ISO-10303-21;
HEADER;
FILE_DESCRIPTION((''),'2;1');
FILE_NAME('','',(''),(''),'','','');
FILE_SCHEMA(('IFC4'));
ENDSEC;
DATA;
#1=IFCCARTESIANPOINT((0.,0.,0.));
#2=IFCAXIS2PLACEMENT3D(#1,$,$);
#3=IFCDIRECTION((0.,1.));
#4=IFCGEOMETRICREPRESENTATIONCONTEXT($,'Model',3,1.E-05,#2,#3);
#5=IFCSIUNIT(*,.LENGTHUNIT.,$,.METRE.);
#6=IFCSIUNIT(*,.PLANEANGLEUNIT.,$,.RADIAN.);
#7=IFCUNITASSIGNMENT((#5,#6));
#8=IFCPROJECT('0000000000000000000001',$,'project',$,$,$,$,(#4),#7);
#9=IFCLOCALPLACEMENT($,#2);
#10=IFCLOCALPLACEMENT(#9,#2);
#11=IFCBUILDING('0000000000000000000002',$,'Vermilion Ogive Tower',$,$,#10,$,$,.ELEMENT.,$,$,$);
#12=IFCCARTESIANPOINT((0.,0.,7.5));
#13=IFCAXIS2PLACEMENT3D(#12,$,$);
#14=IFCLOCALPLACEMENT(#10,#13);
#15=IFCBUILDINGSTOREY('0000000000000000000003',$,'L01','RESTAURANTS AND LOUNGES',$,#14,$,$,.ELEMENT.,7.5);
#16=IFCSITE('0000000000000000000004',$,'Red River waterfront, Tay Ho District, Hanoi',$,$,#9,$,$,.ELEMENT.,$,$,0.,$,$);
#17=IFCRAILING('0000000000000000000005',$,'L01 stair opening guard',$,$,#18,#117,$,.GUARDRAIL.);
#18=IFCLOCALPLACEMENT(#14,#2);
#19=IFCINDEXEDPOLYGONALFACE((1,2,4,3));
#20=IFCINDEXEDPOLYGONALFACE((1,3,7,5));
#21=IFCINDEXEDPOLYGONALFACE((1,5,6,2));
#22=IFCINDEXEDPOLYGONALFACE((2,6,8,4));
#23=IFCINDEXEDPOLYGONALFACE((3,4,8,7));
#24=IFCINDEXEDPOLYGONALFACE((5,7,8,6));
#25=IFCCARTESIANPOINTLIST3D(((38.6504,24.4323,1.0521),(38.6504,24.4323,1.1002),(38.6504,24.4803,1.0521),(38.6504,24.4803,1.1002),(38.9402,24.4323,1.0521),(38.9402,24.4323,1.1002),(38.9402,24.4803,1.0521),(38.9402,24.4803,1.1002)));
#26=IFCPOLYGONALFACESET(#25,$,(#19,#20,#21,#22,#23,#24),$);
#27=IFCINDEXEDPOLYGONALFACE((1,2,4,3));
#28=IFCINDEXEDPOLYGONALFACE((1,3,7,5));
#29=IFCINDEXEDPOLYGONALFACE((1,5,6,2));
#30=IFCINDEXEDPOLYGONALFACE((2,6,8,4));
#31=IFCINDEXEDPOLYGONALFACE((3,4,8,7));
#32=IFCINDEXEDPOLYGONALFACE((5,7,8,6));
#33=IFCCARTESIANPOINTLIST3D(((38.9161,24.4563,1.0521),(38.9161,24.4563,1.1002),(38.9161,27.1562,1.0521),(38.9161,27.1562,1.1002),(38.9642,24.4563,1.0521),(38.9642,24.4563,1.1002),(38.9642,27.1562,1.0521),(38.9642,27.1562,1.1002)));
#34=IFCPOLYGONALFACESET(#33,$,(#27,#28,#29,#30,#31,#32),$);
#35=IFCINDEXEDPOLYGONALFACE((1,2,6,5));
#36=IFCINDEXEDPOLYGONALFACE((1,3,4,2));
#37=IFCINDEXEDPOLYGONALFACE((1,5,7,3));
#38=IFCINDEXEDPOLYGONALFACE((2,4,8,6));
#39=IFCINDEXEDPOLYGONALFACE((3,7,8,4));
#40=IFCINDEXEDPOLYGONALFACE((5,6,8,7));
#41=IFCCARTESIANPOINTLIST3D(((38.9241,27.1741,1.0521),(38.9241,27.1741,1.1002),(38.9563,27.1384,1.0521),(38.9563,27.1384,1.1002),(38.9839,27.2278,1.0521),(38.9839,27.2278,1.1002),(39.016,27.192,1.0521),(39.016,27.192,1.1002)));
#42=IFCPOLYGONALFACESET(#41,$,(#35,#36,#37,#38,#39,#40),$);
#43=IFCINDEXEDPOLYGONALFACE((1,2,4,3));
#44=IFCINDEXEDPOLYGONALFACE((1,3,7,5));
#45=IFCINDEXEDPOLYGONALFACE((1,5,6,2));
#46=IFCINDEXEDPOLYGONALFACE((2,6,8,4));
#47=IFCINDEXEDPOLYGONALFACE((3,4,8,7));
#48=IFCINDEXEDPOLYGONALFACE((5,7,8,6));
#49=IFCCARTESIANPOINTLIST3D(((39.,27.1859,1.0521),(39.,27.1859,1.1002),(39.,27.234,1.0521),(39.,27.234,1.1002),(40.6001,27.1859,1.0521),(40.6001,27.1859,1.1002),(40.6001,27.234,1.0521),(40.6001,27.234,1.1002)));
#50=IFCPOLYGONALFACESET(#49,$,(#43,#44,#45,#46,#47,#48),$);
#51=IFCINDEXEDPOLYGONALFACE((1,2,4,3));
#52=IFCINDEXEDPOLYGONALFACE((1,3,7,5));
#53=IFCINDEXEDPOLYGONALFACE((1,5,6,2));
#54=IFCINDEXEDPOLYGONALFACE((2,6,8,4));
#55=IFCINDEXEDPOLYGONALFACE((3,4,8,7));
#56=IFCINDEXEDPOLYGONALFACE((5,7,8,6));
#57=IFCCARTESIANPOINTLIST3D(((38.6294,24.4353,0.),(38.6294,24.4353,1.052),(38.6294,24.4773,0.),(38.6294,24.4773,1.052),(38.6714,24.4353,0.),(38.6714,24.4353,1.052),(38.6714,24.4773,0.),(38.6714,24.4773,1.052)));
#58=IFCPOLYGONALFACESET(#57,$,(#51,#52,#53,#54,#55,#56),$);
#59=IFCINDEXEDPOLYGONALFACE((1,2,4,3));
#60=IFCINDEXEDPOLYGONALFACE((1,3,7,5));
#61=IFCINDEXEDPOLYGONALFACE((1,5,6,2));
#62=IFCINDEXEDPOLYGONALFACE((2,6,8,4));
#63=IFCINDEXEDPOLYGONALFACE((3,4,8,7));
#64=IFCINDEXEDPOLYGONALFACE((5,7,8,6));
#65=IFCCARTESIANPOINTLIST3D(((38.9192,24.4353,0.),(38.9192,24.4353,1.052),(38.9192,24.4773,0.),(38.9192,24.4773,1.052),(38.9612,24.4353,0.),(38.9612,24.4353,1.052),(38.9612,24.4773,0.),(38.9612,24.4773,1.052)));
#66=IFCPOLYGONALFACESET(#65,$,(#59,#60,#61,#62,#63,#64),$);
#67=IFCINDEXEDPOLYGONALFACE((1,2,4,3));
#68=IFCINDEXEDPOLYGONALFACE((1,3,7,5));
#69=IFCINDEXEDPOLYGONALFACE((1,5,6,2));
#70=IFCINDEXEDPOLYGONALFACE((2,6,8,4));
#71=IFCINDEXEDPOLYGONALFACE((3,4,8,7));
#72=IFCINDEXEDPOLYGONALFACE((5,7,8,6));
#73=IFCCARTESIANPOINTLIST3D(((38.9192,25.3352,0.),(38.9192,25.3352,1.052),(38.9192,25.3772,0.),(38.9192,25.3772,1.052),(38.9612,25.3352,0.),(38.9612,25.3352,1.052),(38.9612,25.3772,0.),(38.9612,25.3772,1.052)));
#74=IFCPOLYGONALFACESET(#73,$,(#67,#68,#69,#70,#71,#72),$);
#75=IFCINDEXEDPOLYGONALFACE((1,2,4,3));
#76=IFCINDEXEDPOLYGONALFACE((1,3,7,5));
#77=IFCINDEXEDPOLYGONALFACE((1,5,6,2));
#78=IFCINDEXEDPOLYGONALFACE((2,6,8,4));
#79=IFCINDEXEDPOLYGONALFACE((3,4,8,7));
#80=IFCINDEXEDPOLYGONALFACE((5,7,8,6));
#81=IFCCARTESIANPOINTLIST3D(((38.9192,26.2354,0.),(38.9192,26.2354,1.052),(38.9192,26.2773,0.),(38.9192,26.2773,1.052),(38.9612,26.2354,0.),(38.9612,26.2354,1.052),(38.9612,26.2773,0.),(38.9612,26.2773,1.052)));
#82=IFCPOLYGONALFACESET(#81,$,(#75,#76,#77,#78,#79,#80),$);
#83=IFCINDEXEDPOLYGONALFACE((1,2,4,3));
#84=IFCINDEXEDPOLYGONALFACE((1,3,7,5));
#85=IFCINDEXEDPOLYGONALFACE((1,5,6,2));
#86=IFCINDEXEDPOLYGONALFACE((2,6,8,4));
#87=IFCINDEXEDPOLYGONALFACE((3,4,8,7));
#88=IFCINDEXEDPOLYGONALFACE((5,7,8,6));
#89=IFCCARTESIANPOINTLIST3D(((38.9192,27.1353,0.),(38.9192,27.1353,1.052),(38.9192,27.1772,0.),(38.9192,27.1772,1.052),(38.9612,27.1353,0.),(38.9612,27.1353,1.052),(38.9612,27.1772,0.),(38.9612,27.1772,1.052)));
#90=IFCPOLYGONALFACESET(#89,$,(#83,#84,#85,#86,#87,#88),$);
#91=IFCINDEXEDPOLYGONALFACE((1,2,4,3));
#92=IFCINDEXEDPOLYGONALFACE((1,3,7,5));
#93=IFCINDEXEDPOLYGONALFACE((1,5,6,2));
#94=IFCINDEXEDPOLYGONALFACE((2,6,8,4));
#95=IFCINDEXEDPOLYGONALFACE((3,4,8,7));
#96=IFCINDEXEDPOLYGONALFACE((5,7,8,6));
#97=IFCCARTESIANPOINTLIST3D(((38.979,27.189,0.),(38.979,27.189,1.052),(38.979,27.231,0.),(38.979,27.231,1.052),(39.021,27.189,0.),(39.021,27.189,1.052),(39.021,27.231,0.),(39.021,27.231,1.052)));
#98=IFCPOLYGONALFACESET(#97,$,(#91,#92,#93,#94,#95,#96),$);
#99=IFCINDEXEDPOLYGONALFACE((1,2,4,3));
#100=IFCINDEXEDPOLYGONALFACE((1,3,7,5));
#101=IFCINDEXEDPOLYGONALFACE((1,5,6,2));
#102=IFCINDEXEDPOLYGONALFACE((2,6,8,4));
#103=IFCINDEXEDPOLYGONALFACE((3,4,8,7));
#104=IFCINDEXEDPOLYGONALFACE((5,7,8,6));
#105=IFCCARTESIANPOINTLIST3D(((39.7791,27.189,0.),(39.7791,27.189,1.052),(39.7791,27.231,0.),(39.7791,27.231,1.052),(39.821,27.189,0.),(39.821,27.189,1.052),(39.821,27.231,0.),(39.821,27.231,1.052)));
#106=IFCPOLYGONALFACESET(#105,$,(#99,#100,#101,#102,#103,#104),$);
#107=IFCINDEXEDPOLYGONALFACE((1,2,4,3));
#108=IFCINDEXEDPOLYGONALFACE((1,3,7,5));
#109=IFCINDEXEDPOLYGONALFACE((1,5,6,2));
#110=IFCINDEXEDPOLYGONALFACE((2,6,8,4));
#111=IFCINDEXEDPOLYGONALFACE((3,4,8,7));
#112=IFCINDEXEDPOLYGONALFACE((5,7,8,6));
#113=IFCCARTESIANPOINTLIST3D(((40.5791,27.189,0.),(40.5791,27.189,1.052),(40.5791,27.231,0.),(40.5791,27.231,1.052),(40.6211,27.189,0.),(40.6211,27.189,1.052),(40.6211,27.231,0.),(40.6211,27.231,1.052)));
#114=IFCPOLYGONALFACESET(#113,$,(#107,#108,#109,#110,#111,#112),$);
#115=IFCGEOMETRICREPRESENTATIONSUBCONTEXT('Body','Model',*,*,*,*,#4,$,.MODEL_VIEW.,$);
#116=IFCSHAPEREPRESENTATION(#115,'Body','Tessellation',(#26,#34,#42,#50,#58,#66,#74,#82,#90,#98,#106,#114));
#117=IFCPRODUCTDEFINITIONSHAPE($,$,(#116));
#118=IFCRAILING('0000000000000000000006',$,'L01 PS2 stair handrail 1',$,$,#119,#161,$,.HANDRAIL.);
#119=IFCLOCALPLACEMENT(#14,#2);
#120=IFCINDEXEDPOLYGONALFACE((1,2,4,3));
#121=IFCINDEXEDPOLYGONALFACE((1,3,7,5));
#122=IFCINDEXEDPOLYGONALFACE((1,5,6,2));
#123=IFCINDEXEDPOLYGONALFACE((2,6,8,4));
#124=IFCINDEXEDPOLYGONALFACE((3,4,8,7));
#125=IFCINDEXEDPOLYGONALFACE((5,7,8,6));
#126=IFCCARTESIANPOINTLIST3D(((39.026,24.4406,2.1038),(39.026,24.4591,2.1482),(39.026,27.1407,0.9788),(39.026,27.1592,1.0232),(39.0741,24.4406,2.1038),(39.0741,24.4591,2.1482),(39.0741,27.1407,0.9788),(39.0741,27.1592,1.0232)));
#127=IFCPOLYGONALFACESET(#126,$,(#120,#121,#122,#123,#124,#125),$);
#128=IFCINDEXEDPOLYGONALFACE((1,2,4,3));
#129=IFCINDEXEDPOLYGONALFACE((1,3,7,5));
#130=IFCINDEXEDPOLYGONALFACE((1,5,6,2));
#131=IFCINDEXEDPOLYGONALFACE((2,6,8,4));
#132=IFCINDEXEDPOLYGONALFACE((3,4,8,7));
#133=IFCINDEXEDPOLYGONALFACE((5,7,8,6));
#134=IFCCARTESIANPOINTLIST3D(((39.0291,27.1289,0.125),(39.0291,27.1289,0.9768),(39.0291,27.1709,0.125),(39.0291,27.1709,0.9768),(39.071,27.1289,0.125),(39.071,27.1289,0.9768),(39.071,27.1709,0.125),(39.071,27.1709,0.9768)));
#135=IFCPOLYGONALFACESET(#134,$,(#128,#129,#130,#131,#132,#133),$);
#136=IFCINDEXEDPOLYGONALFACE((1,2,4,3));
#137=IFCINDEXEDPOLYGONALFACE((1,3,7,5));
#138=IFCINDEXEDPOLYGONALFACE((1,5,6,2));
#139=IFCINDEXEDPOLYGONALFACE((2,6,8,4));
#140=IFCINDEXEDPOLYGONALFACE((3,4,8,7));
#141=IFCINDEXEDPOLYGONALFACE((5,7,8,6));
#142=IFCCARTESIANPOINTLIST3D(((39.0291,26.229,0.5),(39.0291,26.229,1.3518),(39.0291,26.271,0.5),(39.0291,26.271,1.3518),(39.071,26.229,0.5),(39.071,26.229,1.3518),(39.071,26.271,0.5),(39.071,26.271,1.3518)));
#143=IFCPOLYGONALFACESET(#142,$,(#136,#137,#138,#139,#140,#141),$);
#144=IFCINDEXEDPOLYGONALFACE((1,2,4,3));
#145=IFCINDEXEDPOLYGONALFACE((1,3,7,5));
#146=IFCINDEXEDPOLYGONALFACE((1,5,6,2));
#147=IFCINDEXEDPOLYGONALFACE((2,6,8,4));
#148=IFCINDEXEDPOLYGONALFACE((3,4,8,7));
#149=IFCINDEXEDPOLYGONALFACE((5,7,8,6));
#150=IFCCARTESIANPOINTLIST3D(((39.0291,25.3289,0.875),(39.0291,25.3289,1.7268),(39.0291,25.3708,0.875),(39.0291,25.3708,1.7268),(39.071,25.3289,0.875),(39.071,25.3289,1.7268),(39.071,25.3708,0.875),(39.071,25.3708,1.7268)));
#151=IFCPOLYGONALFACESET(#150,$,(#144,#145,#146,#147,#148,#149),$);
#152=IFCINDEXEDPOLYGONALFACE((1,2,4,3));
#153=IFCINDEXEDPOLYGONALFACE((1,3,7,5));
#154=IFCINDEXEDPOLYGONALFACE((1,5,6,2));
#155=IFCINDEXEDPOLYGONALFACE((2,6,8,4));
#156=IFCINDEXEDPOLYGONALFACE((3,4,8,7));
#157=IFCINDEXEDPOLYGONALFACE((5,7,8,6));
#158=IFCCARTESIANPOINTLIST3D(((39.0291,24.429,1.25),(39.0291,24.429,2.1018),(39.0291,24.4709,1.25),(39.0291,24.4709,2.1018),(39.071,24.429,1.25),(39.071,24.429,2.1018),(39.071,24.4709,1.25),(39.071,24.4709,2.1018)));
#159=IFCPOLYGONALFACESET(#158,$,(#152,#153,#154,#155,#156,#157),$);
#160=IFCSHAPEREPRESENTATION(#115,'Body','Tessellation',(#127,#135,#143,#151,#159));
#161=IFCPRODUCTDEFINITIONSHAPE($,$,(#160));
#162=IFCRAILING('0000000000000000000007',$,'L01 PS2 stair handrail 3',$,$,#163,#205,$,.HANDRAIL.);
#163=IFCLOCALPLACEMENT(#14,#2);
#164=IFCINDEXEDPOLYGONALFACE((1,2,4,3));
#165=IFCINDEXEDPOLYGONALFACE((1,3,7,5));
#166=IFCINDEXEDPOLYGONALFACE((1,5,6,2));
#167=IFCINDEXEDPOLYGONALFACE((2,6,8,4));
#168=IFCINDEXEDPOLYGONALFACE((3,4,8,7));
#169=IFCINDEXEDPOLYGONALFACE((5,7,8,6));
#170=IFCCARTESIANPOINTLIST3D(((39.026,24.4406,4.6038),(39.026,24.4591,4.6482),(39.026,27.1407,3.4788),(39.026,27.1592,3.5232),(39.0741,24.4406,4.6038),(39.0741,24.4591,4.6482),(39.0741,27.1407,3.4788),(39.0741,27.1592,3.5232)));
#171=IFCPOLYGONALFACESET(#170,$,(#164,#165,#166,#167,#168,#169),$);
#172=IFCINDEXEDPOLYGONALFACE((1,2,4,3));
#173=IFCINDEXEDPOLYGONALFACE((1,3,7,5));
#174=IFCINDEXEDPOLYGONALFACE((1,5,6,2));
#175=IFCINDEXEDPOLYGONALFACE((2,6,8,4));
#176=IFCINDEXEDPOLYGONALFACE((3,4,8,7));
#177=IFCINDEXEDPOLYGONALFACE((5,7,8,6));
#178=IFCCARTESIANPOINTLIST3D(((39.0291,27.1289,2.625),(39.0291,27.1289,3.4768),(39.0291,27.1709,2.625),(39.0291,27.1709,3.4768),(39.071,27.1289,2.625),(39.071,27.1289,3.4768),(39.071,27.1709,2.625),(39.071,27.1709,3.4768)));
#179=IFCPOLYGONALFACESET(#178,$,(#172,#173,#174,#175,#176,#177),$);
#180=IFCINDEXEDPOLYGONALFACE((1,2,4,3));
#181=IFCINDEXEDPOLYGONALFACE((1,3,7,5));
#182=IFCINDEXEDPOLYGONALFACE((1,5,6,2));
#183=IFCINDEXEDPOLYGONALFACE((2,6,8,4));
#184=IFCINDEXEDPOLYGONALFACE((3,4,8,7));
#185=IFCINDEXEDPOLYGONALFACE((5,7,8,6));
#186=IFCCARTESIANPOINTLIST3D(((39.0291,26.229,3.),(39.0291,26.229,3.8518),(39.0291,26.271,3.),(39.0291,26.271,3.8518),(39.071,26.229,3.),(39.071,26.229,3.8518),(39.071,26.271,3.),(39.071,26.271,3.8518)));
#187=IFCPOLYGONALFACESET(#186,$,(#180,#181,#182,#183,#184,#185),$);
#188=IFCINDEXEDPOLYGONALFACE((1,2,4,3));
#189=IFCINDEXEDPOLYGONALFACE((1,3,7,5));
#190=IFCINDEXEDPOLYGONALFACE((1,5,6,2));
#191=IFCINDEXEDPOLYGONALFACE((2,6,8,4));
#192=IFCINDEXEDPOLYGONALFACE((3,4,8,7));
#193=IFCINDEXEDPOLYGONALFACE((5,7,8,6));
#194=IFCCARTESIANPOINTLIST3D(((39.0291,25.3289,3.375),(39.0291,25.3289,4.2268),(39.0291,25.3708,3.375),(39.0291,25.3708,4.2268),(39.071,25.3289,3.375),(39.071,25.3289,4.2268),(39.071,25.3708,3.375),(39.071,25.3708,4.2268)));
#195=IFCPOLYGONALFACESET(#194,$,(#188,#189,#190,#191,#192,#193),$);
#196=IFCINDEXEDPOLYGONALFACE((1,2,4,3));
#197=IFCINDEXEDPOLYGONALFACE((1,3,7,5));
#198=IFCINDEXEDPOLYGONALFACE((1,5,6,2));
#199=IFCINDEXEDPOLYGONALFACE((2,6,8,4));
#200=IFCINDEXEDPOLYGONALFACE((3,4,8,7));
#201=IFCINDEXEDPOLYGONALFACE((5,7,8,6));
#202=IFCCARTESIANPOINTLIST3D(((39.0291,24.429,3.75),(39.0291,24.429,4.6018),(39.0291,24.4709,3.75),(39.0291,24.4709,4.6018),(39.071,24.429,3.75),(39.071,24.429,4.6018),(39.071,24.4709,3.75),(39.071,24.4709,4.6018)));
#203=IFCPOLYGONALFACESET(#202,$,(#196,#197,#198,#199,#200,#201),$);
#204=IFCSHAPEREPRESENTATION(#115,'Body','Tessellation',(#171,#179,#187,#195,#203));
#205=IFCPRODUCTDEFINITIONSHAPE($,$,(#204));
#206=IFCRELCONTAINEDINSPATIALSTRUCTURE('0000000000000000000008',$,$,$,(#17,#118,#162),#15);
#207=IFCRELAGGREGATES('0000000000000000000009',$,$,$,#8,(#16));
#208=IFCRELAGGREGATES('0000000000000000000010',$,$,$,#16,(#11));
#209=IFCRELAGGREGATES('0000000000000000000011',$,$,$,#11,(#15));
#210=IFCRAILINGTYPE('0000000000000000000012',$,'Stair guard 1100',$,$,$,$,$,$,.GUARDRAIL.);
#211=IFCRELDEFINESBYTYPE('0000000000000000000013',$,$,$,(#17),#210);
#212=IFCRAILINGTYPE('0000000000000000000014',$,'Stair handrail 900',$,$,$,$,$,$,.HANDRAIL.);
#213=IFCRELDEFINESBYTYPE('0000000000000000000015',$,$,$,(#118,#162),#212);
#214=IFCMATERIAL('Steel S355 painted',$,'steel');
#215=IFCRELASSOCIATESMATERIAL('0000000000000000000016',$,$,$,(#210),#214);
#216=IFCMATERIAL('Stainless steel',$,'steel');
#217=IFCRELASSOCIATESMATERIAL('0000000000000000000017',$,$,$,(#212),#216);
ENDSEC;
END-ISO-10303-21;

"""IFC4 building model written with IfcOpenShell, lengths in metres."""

from ifc_helpers import new_model, si_unit, direction, frame, origin, origin_2d, place, context, subcontext, project, spatial, rectangle, extrude, material, type_object, element, save


model = new_model("IFC4")

# Units and contexts
model_context = context("Model", 3, precision=1e-05, world=origin(), true_north=direction((0.0, 1.0)))
body_context = subcontext(model_context, "Body", "Model", "MODEL_VIEW")
ifc_project = project(units=[si_unit("LENGTHUNIT", "METRE"), si_unit("PLANEANGLEUNIT", "RADIAN")], contexts=[model_context])

# Site, building, storey
site_placement = place(None, origin())
site = spatial("IfcSite", under=ifc_project, at=site_placement, Name="Red River waterfront, Tay Ho District, Hanoi", CompositionType="ELEMENT", RefElevation=0.0)
building_placement = place(site_placement, origin())
building = spatial("IfcBuilding", under=site, at=building_placement, Name="Vermilion Ogive Tower", CompositionType="ELEMENT")
storey_placement = place(building_placement, frame((0.0, 0.0, 7.5)))
storey = spatial("IfcBuildingStorey", under=building, at=storey_placement, Name="L01", Description="RESTAURANTS AND LOUNGES", CompositionType="ELEMENT", Elevation=7.5)

# Railings
ifc_material_1 = material(Name="Steel S355 painted", Category="steel")
railing_type_1 = type_object("IfcRailingType", Name="Stair guard 1100", PredefinedType="GUARDRAIL", material=ifc_material_1)
railing_1_placement = place(storey_placement, frame((38.6504, 24.4563, 0.0)))
element("IfcRailing", 1, at=railing_1_placement, inside=storey, type_object=railing_type_1, Name="L01 stair opening guard", PredefinedType="GUARDRAIL", context=body_context, shape_type="SweptSolid", body=[
    extrude(rectangle(XDim=0.0481, YDim=0.0481, at=origin_2d()), frame((0.0, 0.0, 1.0762), z_axis=(1.0, 0.0, 0.0), x_axis=(0.0, 1.0, 0.0)), (0.0, 0.0, 1.0), 0.2898),
    extrude(rectangle(XDim=0.0481, YDim=0.0481, at=origin_2d()), frame((0.2898, 0.0, 1.0762), z_axis=(0.0, 1.0, 0.0), x_axis=(-1.0, 0.0, 0.0)), (0.0, 0.0, 1.0), 2.7),
    extrude(rectangle(XDim=0.0481, YDim=0.0481, at=origin_2d()), frame((0.2898, 2.7, 1.0762), z_axis=(0.744049, 0.668125, 0.0), x_axis=(-0.668125, 0.744049, 0.0)), (0.0, 0.0, 1.0), 0.0803),
    extrude(rectangle(XDim=0.0481, YDim=0.0481, at=origin_2d()), frame((0.3496, 2.7537, 1.0762), z_axis=(1.0, 0.0, 0.0), x_axis=(0.0, 1.0, 0.0)), (0.0, 0.0, 1.0), 1.6001),
    extrude(rectangle(XDim=0.042, YDim=0.042, at=origin_2d()), origin(), (0.0, 0.0, 1.0), 1.052),
    extrude(rectangle(XDim=0.042, YDim=0.042, at=origin_2d()), frame((0.2898, 0.0, 0.0)), (0.0, 0.0, 1.0), 1.052),
    extrude(rectangle(XDim=0.042, YDim=0.042, at=origin_2d()), frame((0.2898, 0.8999, 0.0)), (0.0, 0.0, 1.0), 1.052),
    extrude(rectangle(XDim=0.042, YDim=0.042, at=origin_2d()), frame((0.2898, 1.8, 0.0)), (0.0, 0.0, 1.0), 1.052),
    extrude(rectangle(XDim=0.042, YDim=0.042, at=origin_2d()), frame((0.2898, 2.7, 0.0)), (0.0, 0.0, 1.0), 1.052),
    extrude(rectangle(XDim=0.042, YDim=0.042, at=origin_2d()), frame((0.3496, 2.7537, 0.0)), (0.0, 0.0, 1.0), 1.052),
    extrude(rectangle(XDim=0.042, YDim=0.042, at=origin_2d()), frame((1.1497, 2.7537, 0.0)), (0.0, 0.0, 1.0), 1.052),
    extrude(rectangle(XDim=0.042, YDim=0.042, at=origin_2d()), frame((1.9497, 2.7537, 0.0)), (0.0, 0.0, 1.0), 1.052),
])
ifc_material_2 = material(Name="Stainless steel", Category="steel")
railing_type_2 = type_object("IfcRailingType", Name="Stair handrail 900", PredefinedType="HANDRAIL", material=ifc_material_2)
for number, where, name in (
    (2, (39.05, 27.1499, 0.125), "L01 PS2 stair handrail 1"),
    (3, (39.05, 27.1499, 2.625), "L01 PS2 stair handrail 3"),
):
    element("IfcRailing", number, at=place(storey_placement, frame(where)), inside=storey, type_object=railing_type_2, Name=name, PredefinedType="HANDRAIL", context=body_context, shape_type="SweptSolid", body=[
        extrude(rectangle(XDim=0.0481, YDim=0.0481, at=origin_2d()), frame((0.0, 0.0, 0.876), z_axis=(0.0, -0.923074, 0.384621), x_axis=(1.0, 0.0, 0.0)), (0.0, 0.0, 1.0), 2.925),
        extrude(rectangle(XDim=0.042, YDim=0.042, at=origin_2d()), origin(), (0.0, 0.0, 1.0), 0.8518),
        extrude(rectangle(XDim=0.042, YDim=0.042, at=origin_2d()), frame((0.0, -0.8999, 0.375)), (0.0, 0.0, 1.0), 0.8518),
        extrude(rectangle(XDim=0.042, YDim=0.042, at=origin_2d()), frame((0.0, -1.8, 0.75)), (0.0, 0.0, 1.0), 0.8518),
        extrude(rectangle(XDim=0.042, YDim=0.042, at=origin_2d()), frame((0.0, -2.7, 1.125)), (0.0, 0.0, 1.0), 0.8518),
    ])

save(model, "model.ifc")
